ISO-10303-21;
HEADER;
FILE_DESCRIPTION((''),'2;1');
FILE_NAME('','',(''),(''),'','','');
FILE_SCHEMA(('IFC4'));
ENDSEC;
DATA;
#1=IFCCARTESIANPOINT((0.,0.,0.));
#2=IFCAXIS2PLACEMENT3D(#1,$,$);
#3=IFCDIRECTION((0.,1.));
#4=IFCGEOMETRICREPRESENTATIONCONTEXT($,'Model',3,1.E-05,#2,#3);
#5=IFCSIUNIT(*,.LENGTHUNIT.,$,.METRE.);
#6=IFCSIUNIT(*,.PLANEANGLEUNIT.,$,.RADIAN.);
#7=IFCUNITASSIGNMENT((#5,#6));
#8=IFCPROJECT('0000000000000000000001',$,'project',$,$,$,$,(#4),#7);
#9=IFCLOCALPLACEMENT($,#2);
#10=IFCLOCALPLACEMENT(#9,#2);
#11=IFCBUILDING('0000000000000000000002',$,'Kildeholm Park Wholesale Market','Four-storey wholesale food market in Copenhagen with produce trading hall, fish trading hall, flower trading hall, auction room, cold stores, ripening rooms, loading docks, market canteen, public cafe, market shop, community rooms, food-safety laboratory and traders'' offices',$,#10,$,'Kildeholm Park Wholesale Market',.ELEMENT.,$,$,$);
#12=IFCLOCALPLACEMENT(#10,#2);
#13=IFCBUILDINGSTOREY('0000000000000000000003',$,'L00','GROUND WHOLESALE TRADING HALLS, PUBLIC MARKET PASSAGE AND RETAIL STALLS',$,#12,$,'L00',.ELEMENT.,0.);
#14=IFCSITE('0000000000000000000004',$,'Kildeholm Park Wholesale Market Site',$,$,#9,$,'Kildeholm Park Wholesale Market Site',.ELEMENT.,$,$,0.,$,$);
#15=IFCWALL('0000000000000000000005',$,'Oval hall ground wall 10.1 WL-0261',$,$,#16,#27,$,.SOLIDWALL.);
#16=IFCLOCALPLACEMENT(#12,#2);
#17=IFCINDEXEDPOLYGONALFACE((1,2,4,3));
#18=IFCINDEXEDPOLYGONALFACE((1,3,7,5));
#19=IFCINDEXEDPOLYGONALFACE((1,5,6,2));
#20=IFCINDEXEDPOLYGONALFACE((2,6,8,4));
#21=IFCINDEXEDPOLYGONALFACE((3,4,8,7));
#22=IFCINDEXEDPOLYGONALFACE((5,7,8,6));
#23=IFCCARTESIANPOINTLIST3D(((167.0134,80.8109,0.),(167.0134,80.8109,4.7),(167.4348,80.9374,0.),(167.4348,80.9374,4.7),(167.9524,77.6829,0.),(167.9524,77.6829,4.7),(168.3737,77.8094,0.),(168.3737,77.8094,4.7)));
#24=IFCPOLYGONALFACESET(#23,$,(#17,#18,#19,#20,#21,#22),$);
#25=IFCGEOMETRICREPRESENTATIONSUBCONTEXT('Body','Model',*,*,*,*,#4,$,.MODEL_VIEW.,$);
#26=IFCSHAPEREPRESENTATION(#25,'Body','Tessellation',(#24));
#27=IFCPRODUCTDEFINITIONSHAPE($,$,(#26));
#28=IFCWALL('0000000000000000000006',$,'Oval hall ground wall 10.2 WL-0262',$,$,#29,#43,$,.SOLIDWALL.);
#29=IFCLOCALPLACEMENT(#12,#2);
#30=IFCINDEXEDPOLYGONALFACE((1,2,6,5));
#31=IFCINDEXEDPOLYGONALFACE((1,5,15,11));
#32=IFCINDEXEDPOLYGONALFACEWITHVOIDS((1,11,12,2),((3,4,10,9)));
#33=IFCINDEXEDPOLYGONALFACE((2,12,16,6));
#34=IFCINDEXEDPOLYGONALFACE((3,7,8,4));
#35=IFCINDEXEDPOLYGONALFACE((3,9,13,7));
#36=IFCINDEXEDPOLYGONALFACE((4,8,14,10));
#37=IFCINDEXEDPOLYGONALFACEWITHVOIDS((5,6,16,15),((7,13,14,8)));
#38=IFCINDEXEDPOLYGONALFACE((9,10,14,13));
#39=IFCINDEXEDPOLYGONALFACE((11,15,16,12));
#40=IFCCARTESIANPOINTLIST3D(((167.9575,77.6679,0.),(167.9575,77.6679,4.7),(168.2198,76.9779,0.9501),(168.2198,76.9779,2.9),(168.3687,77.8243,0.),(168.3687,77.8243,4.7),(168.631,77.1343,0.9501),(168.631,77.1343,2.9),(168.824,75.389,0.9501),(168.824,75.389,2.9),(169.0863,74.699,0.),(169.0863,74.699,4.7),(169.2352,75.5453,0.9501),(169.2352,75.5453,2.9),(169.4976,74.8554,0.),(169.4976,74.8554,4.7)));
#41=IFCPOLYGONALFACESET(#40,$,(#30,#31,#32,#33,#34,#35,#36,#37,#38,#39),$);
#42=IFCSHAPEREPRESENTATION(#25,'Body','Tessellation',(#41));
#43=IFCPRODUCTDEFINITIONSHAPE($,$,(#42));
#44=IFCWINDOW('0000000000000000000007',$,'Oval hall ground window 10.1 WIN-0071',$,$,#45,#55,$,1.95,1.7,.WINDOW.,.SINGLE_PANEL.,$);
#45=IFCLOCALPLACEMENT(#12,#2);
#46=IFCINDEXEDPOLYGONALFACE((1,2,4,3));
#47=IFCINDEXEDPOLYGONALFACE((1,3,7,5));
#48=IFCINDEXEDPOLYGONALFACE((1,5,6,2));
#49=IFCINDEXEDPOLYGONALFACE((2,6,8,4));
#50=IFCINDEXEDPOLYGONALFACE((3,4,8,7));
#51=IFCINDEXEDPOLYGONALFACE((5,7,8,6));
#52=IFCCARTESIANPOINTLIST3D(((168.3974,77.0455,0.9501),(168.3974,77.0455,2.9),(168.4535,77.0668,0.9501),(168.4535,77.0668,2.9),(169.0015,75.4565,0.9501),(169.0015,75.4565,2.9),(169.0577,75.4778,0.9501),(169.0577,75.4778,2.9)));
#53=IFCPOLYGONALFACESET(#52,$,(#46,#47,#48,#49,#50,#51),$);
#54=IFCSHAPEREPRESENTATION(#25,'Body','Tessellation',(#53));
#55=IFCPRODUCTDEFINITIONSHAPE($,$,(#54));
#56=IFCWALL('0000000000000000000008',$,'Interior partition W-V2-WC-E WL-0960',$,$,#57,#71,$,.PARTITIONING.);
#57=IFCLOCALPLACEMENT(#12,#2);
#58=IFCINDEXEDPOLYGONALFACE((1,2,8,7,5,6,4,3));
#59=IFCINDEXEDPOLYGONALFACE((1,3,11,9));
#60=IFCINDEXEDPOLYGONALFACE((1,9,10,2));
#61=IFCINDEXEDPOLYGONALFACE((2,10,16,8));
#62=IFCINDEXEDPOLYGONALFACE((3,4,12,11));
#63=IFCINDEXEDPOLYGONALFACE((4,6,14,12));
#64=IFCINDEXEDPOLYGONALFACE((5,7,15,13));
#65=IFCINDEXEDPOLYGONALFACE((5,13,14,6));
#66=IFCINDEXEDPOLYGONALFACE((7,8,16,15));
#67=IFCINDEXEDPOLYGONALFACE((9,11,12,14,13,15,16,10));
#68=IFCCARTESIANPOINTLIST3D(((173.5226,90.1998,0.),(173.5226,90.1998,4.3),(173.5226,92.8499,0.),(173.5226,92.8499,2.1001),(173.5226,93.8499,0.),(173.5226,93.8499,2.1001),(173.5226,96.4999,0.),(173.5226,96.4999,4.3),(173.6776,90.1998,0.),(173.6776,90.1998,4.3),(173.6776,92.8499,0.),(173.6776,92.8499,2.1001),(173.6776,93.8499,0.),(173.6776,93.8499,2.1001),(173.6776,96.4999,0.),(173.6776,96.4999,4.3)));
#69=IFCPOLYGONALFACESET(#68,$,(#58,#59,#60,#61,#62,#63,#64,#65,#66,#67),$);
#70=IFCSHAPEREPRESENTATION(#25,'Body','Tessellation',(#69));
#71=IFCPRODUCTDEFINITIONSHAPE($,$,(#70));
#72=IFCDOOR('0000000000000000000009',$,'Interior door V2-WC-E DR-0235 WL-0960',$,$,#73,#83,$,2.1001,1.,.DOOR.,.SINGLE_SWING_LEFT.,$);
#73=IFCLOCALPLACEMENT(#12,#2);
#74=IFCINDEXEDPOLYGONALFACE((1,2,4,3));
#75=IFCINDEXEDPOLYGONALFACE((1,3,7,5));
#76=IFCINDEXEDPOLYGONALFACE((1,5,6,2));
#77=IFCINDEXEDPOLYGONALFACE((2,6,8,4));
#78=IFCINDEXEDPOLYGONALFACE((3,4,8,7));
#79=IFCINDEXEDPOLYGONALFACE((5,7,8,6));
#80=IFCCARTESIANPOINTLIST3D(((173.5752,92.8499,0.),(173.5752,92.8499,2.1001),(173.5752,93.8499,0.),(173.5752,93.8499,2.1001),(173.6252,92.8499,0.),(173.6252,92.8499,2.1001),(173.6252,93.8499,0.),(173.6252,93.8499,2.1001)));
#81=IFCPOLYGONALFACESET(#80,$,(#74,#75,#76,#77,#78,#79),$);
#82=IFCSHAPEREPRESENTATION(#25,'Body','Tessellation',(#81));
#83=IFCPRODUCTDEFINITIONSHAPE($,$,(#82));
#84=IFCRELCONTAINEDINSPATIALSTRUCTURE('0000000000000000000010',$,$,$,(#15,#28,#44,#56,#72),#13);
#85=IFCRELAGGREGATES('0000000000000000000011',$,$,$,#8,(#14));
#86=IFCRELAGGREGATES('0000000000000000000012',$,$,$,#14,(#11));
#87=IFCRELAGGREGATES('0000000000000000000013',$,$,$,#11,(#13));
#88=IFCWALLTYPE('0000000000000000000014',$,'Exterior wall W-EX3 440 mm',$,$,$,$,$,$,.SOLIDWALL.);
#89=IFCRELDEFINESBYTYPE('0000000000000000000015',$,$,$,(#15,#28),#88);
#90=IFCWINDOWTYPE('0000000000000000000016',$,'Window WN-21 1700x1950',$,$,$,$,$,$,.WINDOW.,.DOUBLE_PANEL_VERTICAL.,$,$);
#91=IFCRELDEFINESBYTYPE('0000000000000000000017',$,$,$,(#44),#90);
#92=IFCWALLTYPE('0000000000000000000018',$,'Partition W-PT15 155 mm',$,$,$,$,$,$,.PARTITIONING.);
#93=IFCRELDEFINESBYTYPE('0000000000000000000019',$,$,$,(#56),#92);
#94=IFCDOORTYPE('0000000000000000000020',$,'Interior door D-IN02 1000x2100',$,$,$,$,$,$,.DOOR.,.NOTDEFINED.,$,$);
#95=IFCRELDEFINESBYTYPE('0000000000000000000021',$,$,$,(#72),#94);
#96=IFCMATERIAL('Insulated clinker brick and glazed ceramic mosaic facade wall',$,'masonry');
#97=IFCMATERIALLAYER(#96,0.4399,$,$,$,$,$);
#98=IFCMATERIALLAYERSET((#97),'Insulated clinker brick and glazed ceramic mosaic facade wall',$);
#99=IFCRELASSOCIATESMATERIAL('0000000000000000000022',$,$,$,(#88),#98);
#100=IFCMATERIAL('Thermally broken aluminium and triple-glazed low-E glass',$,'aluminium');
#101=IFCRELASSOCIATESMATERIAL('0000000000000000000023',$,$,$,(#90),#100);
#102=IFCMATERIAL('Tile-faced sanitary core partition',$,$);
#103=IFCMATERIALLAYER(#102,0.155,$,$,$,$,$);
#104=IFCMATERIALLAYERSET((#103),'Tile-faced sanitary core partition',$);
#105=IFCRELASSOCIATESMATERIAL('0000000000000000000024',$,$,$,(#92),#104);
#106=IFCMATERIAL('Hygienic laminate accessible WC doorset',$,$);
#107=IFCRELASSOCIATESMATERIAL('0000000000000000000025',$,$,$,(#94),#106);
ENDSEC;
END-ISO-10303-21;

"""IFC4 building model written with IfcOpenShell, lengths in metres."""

from ifc_helpers import new_model, si_unit, direction, frame, frame_2d, origin, place, context, subcontext, project, spatial, rectangle, extrude, material, layer, layer_set, type_object, element, fill, save


model = new_model("IFC4")

# Units and contexts
model_context = context("Model", 3, precision=1e-05, world=origin(), true_north=direction((0.0, 1.0)))
body_context = subcontext(model_context, "Body", "Model", "MODEL_VIEW")
ifc_project = project(units=[si_unit("LENGTHUNIT", "METRE"), si_unit("PLANEANGLEUNIT", "RADIAN")], contexts=[model_context])

# Site, building, storey
site_placement = place(None, origin())
site = spatial("IfcSite", under=ifc_project, at=site_placement, Name="Kildeholm Park Wholesale Market Site", LongName="Kildeholm Park Wholesale Market Site", CompositionType="ELEMENT", RefElevation=0.0)
building_placement = place(site_placement, origin())
building = spatial("IfcBuilding", under=site, at=building_placement, Name="Kildeholm Park Wholesale Market", Description="Four-storey wholesale food market in Copenhagen with produce trading hall, fish trading hall, flower trading hall, auction room, cold stores, ripening rooms, loading docks, market canteen, public cafe, market shop, community rooms, food-safety laboratory and traders' offices", LongName="Kildeholm Park Wholesale Market", CompositionType="ELEMENT")
storey_placement = place(building_placement, origin())
storey = spatial("IfcBuildingStorey", under=building, at=storey_placement, Name="L00", Description="GROUND WHOLESALE TRADING HALLS, PUBLIC MARKET PASSAGE AND RETAIL STALLS", LongName="L00", CompositionType="ELEMENT", Elevation=0.0)

# Wall
ifc_material_1 = material(Name="Insulated clinker brick and glazed ceramic mosaic facade wall", Category="masonry")
ifc_layer_1 = layer(ifc_material_1, 0.4399)
ifc_layer_set_1 = layer_set([ifc_layer_1], Name="Insulated clinker brick and glazed ceramic mosaic facade wall")
wall_type_1 = type_object("IfcWallType", Name="Exterior wall W-EX3 440 mm", PredefinedType="SOLIDWALL", material=ifc_layer_set_1)
wall_1_placement = place(storey_placement, frame((167.2241, 80.874, 0.0), z_axis=(0.0, 0.0, 1.0), x_axis=(0.287512, -0.957777, 0.0)))
element("IfcWall", 1, at=wall_1_placement, inside=storey, type_object=wall_type_1, Name="Oval hall ground wall 10.1 WL-0261", PredefinedType="SOLIDWALL", context=body_context, shape_type="SweptSolid", body=[
    extrude(rectangle(XDim=3.2659, YDim=0.4399, at=frame_2d((1.6328, 0.0))), origin(), (0.0, 0.0, 1.0), 4.7),
])

# Wall, opening, window
wall_2_placement = place(storey_placement, frame((168.1631, 77.7461, 0.0), z_axis=(0.0, 0.0, 1.0), x_axis=(0.355407, -0.934712, 0.0)))
wall_2 = element("IfcWall", 2, at=wall_2_placement, inside=storey, type_object=wall_type_1, Name="Oval hall ground wall 10.2 WL-0262", PredefinedType="SOLIDWALL", context=body_context, shape_type="SweptSolid", body=[
    extrude(rectangle(XDim=3.1763, YDim=0.4399, at=frame_2d((1.5881, 0.0))), origin(), (0.0, 0.0, 1.0), 4.7),
])
opening_1_placement = place(wall_2_placement, frame((0.738, 0.0, 0.95)))
opening_1 = element("IfcOpeningElement", 3, at=opening_1_placement, cuts=wall_2, PredefinedType="OPENING", context=body_context, shape_type="SweptSolid", body=[
    extrude(rectangle(XDim=1.7, YDim=1.95, at=frame_2d((0.8501, 0.9751))), frame((0.0, 0.23, 0.0), z_axis=(0.0, -1.0, 0.0), x_axis=(1.0, 0.0, 0.0)), (0.0, 0.0, 1.0), 0.46),
])
ifc_material_2 = material(Name="Thermally broken aluminium and triple-glazed low-E glass", Category="aluminium")
window_type = type_object("IfcWindowType", Name="Window WN-21 1700x1950", PartitioningType="DOUBLE_PANEL_VERTICAL", PredefinedType="WINDOW", material=ifc_material_2)
window_placement = place(opening_1_placement, origin())
window = element("IfcWindow", 4, at=window_placement, inside=storey, type_object=window_type, Name="Oval hall ground window 10.1 WIN-0071", OverallHeight=1.95, OverallWidth=1.7, PartitioningType="SINGLE_PANEL", PredefinedType="WINDOW", context=body_context, shape_type="SweptSolid", body=[
    extrude(rectangle(XDim=1.7, YDim=1.95, at=frame_2d((0.8501, 0.9751))), frame((0.0, 0.03, 0.0), z_axis=(0.0, -1.0, 0.0), x_axis=(1.0, 0.0, 0.0)), (0.0, 0.0, 1.0), 0.0601),
])
fill(opening_1, window)

# Wall, opening, door
ifc_material_3 = material(Name="Tile-faced sanitary core partition")
ifc_layer_2 = layer(ifc_material_3, 0.155)
ifc_layer_set_2 = layer_set([ifc_layer_2], Name="Tile-faced sanitary core partition")
wall_type_2 = type_object("IfcWallType", Name="Partition W-PT15 155 mm", PredefinedType="PARTITIONING", material=ifc_layer_set_2)
wall_3_placement = place(storey_placement, frame((173.6001, 90.2, 0.0), z_axis=(0.0, 0.0, 1.0), x_axis=(0.0, 1.0, 0.0)))
wall_3 = element("IfcWall", 5, at=wall_3_placement, inside=storey, type_object=wall_type_2, Name="Interior partition W-V2-WC-E WL-0960", PredefinedType="PARTITIONING", context=body_context, shape_type="SweptSolid", body=[
    extrude(rectangle(XDim=6.3, YDim=0.155, at=frame_2d((3.1499, 0.0))), origin(), (0.0, 0.0, 1.0), 4.3),
])
opening_2_placement = place(wall_3_placement, frame((2.6499, 0.0, 0.0)))
opening_2 = element("IfcOpeningElement", 6, at=opening_2_placement, cuts=wall_3, PredefinedType="OPENING", context=body_context, shape_type="SweptSolid", body=[
    extrude(rectangle(XDim=1.0, YDim=2.1001, at=frame_2d((0.5, 1.05))), frame((0.0, 0.0874, 0.0), z_axis=(0.0, -1.0, 0.0), x_axis=(1.0, 0.0, 0.0)), (0.0, 0.0, 1.0), 0.175),
])
ifc_material_4 = material(Name="Hygienic laminate accessible WC doorset")
door_type_1 = type_object("IfcDoorType", Name="Interior door D-IN02 1000x2100", OperationType="NOTDEFINED", PredefinedType="DOOR", material=ifc_material_4)
door_1_placement = place(opening_2_placement, origin())
door_1 = element("IfcDoor", 7, at=door_1_placement, inside=storey, type_object=door_type_1, Name="Interior door V2-WC-E DR-0235 WL-0960", OperationType="SINGLE_SWING_LEFT", OverallHeight=2.1001, OverallWidth=1.0, PredefinedType="DOOR", context=body_context, shape_type="SweptSolid", body=[
    extrude(rectangle(XDim=1.0, YDim=2.1001, at=frame_2d((0.5, 1.05))), frame((0.0, 0.0249, 0.0), z_axis=(0.0, -1.0, 0.0), x_axis=(1.0, 0.0, 0.0)), (0.0, 0.0, 1.0), 0.05),
])
fill(opening_2, door_1)

save(model, "model.ifc")
